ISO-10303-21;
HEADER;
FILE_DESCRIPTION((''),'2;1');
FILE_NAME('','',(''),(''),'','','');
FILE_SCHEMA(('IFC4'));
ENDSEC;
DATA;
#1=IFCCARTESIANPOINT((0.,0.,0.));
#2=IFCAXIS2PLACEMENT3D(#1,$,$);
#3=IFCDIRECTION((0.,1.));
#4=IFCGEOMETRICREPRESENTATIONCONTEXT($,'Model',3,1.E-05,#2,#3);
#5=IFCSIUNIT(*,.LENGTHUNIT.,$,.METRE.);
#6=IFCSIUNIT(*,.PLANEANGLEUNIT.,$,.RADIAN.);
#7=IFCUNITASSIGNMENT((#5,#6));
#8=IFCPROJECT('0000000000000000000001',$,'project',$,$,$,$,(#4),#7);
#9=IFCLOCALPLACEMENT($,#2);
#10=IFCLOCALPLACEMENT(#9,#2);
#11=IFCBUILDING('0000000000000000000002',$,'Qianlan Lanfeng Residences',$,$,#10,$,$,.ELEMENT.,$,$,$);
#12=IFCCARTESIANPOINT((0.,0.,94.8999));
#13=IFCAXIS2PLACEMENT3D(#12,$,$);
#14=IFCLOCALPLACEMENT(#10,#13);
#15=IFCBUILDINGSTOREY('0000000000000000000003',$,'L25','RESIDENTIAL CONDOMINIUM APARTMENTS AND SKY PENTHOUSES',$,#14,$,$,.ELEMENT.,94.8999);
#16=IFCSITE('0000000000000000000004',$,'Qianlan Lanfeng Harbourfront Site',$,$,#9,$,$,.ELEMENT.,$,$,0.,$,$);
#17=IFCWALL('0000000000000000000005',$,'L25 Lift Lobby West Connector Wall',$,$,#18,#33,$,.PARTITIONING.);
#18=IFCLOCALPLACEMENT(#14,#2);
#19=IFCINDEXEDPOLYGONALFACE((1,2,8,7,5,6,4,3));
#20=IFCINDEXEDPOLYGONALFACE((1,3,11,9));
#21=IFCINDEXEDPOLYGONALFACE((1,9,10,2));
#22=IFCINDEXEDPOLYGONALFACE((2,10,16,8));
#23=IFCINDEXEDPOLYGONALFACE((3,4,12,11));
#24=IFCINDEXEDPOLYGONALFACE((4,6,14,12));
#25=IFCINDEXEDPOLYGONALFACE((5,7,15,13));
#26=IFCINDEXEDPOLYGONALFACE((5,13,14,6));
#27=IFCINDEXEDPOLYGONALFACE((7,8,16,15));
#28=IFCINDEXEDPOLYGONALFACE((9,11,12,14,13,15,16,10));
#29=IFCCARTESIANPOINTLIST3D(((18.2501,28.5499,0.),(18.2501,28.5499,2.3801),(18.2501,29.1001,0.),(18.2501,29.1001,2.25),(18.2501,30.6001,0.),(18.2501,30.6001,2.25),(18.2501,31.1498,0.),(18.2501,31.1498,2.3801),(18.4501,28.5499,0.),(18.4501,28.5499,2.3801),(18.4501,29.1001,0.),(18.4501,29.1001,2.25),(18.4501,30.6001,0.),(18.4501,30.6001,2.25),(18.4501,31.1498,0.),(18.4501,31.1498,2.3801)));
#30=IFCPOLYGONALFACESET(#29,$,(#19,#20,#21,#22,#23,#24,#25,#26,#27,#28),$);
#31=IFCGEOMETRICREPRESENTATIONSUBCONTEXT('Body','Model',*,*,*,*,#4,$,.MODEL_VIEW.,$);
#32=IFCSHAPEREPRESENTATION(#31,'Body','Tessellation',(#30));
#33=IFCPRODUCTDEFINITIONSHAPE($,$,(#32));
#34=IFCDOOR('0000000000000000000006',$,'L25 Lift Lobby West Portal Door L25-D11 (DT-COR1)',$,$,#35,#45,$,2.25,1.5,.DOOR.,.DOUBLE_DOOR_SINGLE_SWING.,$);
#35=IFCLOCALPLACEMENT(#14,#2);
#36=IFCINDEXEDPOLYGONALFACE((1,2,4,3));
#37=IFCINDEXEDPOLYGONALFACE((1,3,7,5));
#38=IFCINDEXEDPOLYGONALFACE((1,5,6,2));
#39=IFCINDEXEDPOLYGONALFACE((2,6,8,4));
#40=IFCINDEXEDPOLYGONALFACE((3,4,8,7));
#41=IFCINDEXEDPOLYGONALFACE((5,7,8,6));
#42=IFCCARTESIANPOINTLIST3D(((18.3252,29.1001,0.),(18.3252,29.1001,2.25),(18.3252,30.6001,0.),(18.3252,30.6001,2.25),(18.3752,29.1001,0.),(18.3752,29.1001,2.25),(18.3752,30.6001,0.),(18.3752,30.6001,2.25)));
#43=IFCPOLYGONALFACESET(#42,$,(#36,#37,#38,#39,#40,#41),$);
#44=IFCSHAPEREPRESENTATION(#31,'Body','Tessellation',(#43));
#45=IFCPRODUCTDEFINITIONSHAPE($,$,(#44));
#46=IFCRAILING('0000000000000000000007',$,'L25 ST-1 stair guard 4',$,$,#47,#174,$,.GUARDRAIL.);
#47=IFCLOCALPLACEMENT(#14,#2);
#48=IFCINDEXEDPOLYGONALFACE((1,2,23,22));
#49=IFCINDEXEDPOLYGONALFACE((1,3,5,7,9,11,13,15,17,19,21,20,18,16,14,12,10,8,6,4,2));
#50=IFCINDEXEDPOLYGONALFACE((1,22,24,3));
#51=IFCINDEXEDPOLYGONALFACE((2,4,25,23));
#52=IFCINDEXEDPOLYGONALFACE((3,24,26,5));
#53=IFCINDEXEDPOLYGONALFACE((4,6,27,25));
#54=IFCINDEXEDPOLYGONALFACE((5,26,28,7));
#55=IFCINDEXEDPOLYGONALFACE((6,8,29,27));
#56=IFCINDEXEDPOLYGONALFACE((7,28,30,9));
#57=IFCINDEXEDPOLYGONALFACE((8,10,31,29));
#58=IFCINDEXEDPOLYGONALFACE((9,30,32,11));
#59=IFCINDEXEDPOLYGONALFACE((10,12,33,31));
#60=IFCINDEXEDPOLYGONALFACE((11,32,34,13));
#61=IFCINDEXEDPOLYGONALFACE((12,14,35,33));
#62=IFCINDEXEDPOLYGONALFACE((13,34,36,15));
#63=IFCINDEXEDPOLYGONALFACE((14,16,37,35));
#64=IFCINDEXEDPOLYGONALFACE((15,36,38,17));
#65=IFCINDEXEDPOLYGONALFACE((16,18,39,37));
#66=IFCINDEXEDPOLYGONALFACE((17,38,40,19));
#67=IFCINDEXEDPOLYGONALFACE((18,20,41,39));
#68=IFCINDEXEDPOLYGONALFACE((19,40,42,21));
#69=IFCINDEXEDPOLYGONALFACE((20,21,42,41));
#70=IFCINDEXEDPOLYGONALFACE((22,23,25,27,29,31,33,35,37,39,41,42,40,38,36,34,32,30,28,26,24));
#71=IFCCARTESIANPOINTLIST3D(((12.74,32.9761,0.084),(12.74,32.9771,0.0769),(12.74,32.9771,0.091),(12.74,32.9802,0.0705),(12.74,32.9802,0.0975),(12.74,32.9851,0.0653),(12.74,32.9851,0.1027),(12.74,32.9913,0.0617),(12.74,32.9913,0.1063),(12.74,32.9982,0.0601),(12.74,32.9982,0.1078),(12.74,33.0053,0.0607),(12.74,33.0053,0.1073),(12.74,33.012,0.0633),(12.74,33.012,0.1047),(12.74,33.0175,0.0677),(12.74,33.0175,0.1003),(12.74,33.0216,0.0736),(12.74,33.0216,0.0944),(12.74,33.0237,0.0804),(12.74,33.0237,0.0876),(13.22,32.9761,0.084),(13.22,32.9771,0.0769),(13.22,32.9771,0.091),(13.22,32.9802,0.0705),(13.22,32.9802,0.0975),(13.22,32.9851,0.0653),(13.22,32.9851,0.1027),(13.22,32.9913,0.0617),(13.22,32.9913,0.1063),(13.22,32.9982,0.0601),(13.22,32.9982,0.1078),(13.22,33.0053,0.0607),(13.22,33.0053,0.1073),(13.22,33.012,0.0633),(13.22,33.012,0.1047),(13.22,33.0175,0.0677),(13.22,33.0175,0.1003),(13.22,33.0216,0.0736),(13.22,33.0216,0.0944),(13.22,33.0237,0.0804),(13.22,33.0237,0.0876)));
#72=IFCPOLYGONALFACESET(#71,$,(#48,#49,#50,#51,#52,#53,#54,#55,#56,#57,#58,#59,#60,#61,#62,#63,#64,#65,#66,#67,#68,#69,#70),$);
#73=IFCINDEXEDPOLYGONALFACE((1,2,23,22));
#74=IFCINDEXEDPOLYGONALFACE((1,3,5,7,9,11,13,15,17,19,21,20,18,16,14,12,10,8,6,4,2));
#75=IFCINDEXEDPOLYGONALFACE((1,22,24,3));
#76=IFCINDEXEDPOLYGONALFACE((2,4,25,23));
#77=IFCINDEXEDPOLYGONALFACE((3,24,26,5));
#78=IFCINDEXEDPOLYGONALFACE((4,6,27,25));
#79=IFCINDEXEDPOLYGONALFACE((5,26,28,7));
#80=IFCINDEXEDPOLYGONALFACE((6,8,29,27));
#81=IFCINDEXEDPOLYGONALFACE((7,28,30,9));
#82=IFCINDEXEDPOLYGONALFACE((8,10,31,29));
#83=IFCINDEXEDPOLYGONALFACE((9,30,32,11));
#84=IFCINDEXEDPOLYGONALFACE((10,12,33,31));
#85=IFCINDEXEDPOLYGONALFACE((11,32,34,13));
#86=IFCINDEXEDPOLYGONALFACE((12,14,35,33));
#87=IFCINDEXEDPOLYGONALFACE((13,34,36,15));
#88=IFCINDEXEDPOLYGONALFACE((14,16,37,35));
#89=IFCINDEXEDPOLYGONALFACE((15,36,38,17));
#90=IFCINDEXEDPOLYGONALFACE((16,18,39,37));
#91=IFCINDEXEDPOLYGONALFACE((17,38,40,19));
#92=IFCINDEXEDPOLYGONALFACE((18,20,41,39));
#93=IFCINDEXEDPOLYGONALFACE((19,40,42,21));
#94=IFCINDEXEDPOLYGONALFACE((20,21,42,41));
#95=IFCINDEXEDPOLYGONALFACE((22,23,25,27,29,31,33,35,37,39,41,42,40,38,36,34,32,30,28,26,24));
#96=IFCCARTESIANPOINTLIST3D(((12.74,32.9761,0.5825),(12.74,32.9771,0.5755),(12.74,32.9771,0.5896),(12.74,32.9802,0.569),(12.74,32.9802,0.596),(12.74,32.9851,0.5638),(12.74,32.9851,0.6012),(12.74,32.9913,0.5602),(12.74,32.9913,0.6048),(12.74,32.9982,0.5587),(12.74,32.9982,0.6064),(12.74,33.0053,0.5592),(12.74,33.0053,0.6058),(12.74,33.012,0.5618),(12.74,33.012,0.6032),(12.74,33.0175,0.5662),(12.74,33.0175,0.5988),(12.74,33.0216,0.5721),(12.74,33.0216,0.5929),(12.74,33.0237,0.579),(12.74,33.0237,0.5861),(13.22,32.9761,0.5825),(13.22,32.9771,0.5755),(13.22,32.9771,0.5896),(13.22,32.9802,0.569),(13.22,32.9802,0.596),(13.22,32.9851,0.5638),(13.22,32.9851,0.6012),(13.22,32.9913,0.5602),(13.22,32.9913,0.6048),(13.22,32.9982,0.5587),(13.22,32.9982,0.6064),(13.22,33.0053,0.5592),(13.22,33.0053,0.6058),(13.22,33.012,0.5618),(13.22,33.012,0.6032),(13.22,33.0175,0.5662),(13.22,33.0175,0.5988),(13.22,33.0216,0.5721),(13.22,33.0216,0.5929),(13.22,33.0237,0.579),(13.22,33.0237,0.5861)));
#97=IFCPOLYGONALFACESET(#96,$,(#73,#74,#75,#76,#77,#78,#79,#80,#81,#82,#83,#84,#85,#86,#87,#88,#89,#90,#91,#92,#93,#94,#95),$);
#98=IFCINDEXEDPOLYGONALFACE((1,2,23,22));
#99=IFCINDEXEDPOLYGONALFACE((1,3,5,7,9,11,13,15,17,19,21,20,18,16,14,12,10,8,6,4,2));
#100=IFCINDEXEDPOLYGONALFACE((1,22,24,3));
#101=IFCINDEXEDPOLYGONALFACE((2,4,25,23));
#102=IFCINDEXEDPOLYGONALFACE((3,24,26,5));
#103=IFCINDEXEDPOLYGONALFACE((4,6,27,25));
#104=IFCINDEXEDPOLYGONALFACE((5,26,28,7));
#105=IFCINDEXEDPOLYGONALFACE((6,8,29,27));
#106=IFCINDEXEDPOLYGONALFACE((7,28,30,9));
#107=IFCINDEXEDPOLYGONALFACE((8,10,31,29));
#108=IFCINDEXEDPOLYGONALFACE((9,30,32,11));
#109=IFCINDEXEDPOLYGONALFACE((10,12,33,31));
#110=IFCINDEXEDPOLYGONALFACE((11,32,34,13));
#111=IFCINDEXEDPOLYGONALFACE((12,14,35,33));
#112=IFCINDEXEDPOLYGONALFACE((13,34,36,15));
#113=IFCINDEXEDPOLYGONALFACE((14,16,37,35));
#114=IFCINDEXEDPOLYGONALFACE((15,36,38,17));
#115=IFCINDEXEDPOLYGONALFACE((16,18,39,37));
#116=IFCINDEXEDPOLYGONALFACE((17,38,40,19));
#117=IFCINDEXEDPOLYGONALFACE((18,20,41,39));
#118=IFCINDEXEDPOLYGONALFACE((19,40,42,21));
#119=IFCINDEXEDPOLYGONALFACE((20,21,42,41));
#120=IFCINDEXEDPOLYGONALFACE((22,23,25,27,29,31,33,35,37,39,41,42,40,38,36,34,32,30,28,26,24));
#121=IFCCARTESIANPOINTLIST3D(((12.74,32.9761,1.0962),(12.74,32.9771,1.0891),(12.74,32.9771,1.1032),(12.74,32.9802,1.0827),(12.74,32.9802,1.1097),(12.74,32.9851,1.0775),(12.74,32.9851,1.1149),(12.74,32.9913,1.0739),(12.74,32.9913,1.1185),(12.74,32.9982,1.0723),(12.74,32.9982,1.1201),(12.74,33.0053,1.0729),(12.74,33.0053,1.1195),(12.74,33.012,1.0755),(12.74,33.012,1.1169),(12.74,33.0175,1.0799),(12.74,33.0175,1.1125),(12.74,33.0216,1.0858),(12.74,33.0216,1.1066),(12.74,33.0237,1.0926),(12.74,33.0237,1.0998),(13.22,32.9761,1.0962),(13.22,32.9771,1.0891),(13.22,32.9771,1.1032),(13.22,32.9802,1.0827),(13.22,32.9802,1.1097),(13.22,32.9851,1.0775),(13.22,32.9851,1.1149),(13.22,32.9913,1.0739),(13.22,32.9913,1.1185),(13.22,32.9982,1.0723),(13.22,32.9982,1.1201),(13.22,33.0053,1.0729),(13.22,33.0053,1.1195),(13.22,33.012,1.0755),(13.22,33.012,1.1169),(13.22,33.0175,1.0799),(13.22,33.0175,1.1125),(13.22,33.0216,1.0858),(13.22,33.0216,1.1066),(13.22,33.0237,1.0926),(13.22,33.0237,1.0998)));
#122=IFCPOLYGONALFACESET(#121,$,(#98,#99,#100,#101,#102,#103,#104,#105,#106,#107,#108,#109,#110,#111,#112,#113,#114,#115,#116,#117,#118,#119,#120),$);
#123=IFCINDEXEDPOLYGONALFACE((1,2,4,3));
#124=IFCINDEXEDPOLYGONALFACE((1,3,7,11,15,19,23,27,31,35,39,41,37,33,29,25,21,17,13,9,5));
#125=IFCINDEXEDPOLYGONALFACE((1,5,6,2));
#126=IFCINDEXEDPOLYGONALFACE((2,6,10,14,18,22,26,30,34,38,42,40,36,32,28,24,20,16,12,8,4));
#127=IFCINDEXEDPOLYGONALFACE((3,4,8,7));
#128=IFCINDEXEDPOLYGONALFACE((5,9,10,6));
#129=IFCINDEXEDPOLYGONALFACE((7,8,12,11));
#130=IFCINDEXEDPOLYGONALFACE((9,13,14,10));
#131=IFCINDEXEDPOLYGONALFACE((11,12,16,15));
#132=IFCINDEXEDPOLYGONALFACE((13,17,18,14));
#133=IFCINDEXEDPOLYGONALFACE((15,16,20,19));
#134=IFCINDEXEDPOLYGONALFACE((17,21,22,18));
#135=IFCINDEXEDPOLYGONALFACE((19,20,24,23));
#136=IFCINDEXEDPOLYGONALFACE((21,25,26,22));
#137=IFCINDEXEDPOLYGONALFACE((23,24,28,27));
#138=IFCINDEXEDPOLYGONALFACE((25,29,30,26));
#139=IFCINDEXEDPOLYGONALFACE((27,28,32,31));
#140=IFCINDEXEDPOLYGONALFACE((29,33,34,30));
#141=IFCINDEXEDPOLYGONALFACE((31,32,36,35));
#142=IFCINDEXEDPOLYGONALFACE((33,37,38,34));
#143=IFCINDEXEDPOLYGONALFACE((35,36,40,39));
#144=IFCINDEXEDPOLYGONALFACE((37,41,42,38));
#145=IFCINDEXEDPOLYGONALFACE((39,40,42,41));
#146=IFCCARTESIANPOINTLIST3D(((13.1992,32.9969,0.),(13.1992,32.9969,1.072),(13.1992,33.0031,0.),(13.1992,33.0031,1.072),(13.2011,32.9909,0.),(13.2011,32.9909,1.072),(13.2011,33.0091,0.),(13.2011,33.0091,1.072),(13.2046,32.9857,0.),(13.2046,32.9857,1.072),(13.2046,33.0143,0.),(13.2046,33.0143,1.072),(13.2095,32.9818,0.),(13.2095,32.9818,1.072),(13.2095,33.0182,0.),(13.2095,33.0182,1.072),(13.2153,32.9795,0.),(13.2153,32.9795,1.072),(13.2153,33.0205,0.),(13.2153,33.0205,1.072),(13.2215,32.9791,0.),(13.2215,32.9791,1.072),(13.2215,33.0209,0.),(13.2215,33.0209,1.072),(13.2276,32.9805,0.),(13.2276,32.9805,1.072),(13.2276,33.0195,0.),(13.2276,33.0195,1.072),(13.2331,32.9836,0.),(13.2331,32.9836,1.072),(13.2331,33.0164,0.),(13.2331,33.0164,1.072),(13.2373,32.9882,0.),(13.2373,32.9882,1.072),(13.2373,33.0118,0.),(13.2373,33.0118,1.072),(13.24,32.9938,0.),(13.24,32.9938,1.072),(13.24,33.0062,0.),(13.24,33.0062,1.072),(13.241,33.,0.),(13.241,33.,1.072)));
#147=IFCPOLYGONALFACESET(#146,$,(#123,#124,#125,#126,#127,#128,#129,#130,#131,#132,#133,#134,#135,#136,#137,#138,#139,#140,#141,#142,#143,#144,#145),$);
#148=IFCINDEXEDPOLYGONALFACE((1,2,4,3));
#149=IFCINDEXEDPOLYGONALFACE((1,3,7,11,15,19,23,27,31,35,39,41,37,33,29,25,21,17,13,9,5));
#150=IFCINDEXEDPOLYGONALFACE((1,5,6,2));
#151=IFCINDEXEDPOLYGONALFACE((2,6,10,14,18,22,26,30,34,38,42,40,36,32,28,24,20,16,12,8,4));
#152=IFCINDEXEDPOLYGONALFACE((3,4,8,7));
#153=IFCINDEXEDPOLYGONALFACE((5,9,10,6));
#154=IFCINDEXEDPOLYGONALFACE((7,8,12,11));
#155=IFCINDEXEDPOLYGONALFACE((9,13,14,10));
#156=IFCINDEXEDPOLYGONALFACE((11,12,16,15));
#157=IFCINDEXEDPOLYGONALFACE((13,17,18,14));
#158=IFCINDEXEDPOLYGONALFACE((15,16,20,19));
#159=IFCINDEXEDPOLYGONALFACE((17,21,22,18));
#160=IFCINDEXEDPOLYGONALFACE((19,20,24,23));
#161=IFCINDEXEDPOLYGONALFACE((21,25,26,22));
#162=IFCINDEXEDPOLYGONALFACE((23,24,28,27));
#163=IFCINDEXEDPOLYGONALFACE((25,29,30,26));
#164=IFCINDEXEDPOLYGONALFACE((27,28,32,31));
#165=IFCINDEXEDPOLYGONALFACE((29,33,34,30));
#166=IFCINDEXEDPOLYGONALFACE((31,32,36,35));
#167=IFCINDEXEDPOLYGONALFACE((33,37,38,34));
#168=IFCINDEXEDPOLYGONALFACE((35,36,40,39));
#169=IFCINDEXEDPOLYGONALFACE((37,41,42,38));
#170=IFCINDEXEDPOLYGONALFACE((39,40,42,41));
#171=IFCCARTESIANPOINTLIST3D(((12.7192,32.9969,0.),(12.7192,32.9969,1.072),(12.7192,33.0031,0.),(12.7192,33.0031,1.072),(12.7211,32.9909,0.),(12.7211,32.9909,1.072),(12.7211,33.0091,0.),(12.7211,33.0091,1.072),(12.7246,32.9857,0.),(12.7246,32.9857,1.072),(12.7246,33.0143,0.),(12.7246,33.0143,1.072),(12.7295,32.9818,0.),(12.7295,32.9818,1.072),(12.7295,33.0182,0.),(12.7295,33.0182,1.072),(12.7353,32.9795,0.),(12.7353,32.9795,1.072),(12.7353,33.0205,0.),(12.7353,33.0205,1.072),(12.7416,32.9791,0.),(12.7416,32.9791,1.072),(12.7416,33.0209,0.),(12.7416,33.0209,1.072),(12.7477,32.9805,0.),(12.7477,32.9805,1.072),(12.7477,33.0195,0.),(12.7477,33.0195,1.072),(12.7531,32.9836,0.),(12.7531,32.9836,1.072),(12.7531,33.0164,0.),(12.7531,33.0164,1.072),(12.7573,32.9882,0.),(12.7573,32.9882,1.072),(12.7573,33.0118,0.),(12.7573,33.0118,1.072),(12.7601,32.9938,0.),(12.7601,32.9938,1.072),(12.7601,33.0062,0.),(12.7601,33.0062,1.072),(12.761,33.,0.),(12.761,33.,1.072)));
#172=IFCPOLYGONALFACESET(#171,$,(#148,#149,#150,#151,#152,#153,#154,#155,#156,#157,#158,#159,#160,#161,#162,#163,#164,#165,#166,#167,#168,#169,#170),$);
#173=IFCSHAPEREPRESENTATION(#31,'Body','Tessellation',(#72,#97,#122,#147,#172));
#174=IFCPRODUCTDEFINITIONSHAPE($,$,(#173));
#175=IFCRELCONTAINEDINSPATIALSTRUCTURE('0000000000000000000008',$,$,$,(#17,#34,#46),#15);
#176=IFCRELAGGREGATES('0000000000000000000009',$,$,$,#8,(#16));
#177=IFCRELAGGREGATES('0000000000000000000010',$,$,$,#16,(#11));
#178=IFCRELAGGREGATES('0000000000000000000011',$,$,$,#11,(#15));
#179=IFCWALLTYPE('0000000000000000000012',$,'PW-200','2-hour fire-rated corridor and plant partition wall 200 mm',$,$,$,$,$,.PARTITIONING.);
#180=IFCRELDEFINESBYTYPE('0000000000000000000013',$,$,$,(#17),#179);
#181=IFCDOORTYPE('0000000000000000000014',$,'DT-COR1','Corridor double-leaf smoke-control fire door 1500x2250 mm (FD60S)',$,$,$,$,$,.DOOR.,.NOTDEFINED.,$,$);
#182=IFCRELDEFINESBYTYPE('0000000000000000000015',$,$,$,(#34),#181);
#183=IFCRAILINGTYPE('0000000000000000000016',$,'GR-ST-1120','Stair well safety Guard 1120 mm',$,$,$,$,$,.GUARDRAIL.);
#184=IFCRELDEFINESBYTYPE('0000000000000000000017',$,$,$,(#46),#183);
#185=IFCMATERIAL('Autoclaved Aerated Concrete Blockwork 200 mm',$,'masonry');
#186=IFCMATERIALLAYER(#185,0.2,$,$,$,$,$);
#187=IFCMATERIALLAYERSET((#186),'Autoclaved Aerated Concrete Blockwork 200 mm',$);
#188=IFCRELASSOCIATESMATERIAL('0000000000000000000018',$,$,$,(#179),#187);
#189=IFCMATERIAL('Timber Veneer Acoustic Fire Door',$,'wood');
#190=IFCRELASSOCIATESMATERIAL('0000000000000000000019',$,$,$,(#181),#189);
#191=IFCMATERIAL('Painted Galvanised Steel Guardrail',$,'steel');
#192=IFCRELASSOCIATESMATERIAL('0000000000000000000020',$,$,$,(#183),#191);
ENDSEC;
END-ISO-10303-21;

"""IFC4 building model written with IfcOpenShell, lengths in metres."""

from ifc_helpers import new_model, si_unit, direction, frame, frame_2d, origin, origin_2d, place, context, subcontext, project, spatial, rectangle, circle, extrude, material, layer, layer_set, type_object, element, fill, save


model = new_model("IFC4")

# Units and contexts
model_context = context("Model", 3, precision=1e-05, world=origin(), true_north=direction((0.0, 1.0)))
body_context = subcontext(model_context, "Body", "Model", "MODEL_VIEW")
ifc_project = project(units=[si_unit("LENGTHUNIT", "METRE"), si_unit("PLANEANGLEUNIT", "RADIAN")], contexts=[model_context])

# Site, building, storey
site_placement = place(None, origin())
site = spatial("IfcSite", under=ifc_project, at=site_placement, Name="Qianlan Lanfeng Harbourfront Site", CompositionType="ELEMENT", RefElevation=0.0)
building_placement = place(site_placement, origin())
building = spatial("IfcBuilding", under=site, at=building_placement, Name="Qianlan Lanfeng Residences", CompositionType="ELEMENT")
storey_placement = place(building_placement, frame((0.0, 0.0, 94.8999)))
storey = spatial("IfcBuildingStorey", under=building, at=storey_placement, Name="L25", Description="RESIDENTIAL CONDOMINIUM APARTMENTS AND SKY PENTHOUSES", CompositionType="ELEMENT", Elevation=94.8999)

# Wall, opening, door
ifc_material_1 = material(Name="Autoclaved Aerated Concrete Blockwork 200 mm", Category="masonry")
ifc_layer_1 = layer(ifc_material_1, 0.2)
ifc_layer_set_1 = layer_set([ifc_layer_1], Name="Autoclaved Aerated Concrete Blockwork 200 mm")
wall_type_1 = type_object("IfcWallType", Name="PW-200", Description="2-hour fire-rated corridor and plant partition wall 200 mm", PredefinedType="PARTITIONING", material=ifc_layer_set_1)
wall_1_placement = place(storey_placement, frame((18.3501, 28.55, 0.0), z_axis=(0.0, 0.0, 1.0), x_axis=(0.0, 1.0, 0.0)))
wall_1 = element("IfcWall", 1, at=wall_1_placement, inside=storey, type_object=wall_type_1, Name="L25 Lift Lobby West Connector Wall", PredefinedType="PARTITIONING", context=body_context, shape_type="SweptSolid", body=[
    extrude(rectangle(XDim=2.5999, YDim=0.2, at=frame_2d((1.2998, 0.0))), origin(), (0.0, 0.0, 1.0), 2.3801),
])
opening_1_placement = place(wall_1_placement, frame((0.55, 0.0, 0.0)))
opening_1 = element("IfcOpeningElement", 2, at=opening_1_placement, cuts=wall_1, PredefinedType="OPENING", context=body_context, shape_type="SweptSolid", body=[
    extrude(rectangle(XDim=1.5, YDim=2.25, at=frame_2d((0.75, 1.125))), frame((0.0, 0.1099, 0.0), z_axis=(0.0, -1.0, 0.0), x_axis=(1.0, 0.0, 0.0)), (0.0, 0.0, 1.0), 0.22),
])
ifc_material_2 = material(Name="Timber Veneer Acoustic Fire Door", Category="wood")
door_type_1 = type_object("IfcDoorType", Name="DT-COR1", Description="Corridor double-leaf smoke-control fire door 1500x2250 mm (FD60S)", OperationType="NOTDEFINED", PredefinedType="DOOR", material=ifc_material_2)
door_1_placement = place(opening_1_placement, origin())
door_1 = element("IfcDoor", 3, at=door_1_placement, inside=storey, type_object=door_type_1, Name="L25 Lift Lobby West Portal Door L25-D11 (DT-COR1)", OperationType="DOUBLE_DOOR_SINGLE_SWING", OverallHeight=2.25, OverallWidth=1.5, PredefinedType="DOOR", context=body_context, shape_type="SweptSolid", body=[
    extrude(rectangle(XDim=1.5, YDim=2.25, at=frame_2d((0.75, 1.125))), frame((0.0, 0.0249, 0.0), z_axis=(0.0, -1.0, 0.0), x_axis=(1.0, 0.0, 0.0)), (0.0, 0.0, 1.0), 0.05),
])
fill(opening_1, door_1)

# Railing
ifc_material_3 = material(Name="Painted Galvanised Steel Guardrail", Category="steel")
railing_type = type_object("IfcRailingType", Name="GR-ST-1120", Description="Stair well safety Guard 1120 mm", PredefinedType="GUARDRAIL", material=ifc_material_3)
railing_placement = place(storey_placement, frame((13.22, 33.0, 0.0)))
element("IfcRailing", 4, at=railing_placement, inside=storey, type_object=railing_type, Name="L25 ST-1 stair guard 4", PredefinedType="GUARDRAIL", context=body_context, shape_type="SweptSolid", body=[
    extrude(circle(Radius=0.0239, at=origin_2d()), frame((0.0, 0.0, 0.084), z_axis=(-1.0, 0.0, 0.0), x_axis=(0.0, -1.0, 0.0)), (0.0, 0.0, 1.0), 0.48),
    extrude(circle(Radius=0.0239, at=origin_2d()), frame((0.0, 0.0, 0.5825), z_axis=(-1.0, 0.0, 0.0), x_axis=(0.0, -1.0, 0.0)), (0.0, 0.0, 1.0), 0.48),
    extrude(circle(Radius=0.0239, at=origin_2d()), frame((0.0, 0.0, 1.0962), z_axis=(-1.0, 0.0, 0.0), x_axis=(0.0, -1.0, 0.0)), (0.0, 0.0, 1.0), 0.48),
    extrude(circle(Radius=0.021, at=origin_2d()), origin(), (0.0, 0.0, 1.0), 1.072),
    extrude(circle(Radius=0.021, at=origin_2d()), frame((-0.48, 0.0, 0.0)), (0.0, 0.0, 1.0), 1.072),
])

save(model, "model.ifc")
